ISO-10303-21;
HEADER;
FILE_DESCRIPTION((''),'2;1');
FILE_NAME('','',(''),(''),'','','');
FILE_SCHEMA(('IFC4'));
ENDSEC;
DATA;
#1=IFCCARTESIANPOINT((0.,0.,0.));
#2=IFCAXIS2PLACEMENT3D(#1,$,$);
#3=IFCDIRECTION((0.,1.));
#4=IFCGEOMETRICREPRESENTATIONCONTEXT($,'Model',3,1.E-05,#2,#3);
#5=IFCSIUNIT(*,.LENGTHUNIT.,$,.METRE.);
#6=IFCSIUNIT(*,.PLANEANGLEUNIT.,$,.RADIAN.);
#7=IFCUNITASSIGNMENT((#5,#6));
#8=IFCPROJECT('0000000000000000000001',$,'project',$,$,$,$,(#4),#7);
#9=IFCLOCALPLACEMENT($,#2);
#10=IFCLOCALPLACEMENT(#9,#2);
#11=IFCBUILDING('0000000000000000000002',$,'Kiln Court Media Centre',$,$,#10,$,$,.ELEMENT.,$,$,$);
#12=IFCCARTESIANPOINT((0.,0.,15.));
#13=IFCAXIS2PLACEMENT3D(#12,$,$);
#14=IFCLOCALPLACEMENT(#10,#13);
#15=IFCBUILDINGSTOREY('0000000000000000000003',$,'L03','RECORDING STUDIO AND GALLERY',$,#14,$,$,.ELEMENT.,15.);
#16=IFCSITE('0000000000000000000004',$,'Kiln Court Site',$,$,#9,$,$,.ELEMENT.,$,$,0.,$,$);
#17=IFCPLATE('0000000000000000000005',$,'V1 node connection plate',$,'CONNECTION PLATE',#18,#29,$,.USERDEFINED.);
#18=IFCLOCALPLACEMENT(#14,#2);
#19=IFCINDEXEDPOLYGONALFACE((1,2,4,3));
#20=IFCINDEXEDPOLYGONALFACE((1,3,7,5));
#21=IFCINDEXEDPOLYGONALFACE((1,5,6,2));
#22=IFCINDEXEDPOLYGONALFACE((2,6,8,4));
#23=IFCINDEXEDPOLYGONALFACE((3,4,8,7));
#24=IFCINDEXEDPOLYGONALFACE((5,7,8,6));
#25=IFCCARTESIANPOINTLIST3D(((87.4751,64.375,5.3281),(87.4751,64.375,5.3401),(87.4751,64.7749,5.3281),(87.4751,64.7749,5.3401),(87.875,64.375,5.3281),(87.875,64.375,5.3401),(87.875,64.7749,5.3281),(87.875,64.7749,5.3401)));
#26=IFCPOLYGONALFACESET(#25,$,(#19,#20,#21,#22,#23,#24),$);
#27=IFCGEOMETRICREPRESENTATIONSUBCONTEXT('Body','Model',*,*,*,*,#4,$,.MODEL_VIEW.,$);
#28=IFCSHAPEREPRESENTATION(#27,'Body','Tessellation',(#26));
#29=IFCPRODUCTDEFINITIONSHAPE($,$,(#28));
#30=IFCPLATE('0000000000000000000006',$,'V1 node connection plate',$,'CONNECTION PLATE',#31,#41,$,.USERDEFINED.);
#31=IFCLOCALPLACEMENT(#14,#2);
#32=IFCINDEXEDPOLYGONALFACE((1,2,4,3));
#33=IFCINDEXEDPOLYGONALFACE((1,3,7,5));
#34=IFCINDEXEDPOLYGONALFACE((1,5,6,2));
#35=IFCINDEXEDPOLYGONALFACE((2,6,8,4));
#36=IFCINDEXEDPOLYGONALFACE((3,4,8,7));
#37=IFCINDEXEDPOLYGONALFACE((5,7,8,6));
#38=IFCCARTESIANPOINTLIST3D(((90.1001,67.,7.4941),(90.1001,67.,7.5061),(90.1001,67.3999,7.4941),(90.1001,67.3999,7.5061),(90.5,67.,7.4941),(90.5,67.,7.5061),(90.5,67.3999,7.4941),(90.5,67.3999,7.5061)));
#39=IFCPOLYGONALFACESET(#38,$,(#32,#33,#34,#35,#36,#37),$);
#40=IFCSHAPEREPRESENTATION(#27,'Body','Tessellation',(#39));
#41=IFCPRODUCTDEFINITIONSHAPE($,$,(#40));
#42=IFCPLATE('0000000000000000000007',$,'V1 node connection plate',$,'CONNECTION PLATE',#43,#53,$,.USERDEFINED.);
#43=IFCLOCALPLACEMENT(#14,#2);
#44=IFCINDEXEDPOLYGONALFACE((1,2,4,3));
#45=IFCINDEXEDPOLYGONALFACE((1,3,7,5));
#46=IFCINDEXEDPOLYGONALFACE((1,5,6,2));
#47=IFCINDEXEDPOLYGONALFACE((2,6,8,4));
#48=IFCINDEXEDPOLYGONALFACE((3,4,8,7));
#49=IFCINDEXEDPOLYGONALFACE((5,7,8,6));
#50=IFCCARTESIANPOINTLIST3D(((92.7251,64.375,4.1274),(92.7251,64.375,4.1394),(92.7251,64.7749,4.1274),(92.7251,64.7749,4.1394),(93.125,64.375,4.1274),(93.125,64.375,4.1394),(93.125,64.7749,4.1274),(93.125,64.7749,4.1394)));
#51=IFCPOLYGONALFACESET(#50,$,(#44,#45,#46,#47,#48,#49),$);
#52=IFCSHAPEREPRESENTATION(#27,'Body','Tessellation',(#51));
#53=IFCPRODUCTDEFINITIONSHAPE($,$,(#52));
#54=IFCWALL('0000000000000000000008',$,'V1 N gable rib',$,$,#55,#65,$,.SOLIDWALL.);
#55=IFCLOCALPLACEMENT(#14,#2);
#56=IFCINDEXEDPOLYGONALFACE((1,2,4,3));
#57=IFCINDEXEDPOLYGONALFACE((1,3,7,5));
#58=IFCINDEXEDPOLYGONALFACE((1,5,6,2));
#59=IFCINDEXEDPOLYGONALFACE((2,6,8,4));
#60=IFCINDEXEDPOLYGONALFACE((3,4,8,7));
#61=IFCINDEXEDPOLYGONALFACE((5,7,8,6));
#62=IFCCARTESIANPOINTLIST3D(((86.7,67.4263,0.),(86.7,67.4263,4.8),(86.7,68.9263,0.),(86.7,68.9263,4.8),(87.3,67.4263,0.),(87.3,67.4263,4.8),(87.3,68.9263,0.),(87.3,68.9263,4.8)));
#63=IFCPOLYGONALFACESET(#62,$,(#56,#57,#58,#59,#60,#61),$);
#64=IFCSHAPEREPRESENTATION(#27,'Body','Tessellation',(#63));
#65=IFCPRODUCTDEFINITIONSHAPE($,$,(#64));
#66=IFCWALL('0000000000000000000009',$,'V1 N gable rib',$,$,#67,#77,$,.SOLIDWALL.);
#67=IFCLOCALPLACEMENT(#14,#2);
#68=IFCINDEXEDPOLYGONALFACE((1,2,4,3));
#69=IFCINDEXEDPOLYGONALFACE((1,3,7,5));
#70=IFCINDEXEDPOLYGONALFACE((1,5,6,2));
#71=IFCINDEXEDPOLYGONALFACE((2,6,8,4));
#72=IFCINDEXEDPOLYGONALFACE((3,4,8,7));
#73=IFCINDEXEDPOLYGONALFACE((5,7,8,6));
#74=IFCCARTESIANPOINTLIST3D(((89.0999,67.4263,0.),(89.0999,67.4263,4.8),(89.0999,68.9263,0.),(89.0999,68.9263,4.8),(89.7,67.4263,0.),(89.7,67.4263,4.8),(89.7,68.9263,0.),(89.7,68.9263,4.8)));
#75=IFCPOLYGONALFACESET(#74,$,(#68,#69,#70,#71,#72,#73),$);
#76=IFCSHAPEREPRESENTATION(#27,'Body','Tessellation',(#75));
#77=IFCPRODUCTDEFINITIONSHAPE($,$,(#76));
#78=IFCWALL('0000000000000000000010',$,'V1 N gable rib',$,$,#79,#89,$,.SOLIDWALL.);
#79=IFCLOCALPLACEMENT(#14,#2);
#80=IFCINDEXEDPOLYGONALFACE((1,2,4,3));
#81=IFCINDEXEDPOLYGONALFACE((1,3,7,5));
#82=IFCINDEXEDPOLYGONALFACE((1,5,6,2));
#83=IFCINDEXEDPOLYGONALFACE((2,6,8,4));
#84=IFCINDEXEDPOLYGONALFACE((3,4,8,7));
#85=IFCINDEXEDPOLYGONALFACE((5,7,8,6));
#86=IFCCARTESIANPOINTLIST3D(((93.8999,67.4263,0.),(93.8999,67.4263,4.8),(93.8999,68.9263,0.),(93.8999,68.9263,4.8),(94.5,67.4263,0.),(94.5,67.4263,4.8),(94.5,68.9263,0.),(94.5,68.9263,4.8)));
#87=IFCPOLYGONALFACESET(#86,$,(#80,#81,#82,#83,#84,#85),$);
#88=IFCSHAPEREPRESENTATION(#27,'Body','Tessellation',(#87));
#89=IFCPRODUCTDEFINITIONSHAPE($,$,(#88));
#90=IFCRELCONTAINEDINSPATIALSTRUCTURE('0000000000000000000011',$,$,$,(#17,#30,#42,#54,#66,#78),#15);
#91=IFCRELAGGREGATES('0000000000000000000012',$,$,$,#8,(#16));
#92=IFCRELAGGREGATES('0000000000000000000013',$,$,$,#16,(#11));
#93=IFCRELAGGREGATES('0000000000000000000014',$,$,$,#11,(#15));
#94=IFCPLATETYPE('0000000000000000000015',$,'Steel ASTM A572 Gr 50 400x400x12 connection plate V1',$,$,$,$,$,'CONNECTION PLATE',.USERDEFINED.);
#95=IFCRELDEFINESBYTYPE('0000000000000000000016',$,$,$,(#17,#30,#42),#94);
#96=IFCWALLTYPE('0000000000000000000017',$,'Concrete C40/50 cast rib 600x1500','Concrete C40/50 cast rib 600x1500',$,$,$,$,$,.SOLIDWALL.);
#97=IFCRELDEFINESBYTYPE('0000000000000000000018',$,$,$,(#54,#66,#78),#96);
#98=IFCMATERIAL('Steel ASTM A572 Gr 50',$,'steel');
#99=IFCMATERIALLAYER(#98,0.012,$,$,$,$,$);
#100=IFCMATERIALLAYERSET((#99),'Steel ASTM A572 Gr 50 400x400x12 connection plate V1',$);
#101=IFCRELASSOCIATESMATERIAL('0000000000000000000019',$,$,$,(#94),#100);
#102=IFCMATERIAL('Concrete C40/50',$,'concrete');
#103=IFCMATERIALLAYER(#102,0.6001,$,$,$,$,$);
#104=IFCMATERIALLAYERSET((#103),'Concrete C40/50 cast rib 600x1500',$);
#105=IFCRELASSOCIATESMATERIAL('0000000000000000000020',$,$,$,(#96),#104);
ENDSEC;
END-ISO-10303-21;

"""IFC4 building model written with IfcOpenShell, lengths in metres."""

from ifc_helpers import new_model, si_unit, direction, frame, frame_2d, origin, origin_2d, place, context, subcontext, project, spatial, rectangle, extrude, material, layer, layer_set, type_object, element, save


model = new_model("IFC4")

# Units and contexts
model_context = context("Model", 3, precision=1e-05, world=origin(), true_north=direction((0.0, 1.0)))
body_context = subcontext(model_context, "Body", "Model", "MODEL_VIEW")
ifc_project = project(units=[si_unit("LENGTHUNIT", "METRE"), si_unit("PLANEANGLEUNIT", "RADIAN")], contexts=[model_context])

# Site, building, storey
site_placement = place(None, origin())
site = spatial("IfcSite", under=ifc_project, at=site_placement, Name="Kiln Court Site", CompositionType="ELEMENT", RefElevation=0.0)
building_placement = place(site_placement, origin())
building = spatial("IfcBuilding", under=site, at=building_placement, Name="Kiln Court Media Centre", CompositionType="ELEMENT")
storey_placement = place(building_placement, frame((0.0, 0.0, 15.0)))
storey = spatial("IfcBuildingStorey", under=building, at=storey_placement, Name="L03", Description="RECORDING STUDIO AND GALLERY", CompositionType="ELEMENT", Elevation=15.0)

# Plates
ifc_material_1 = material(Name="Steel ASTM A572 Gr 50", Category="steel")
ifc_layer_1 = layer(ifc_material_1, 0.012)
ifc_layer_set_1 = layer_set([ifc_layer_1], Name="Steel ASTM A572 Gr 50 400x400x12 connection plate V1")
plate_type_1 = type_object("IfcPlateType", Name="Steel ASTM A572 Gr 50 400x400x12 connection plate V1", ElementType="CONNECTION PLATE", PredefinedType="USERDEFINED", material=ifc_layer_set_1)
for number, where, z_axis, x_axis, name in (
    (1, (87.675, 64.575, 5.3281), (0.0, 0.0, 1.0), (1.0, 0.0, 0.0), "V1 node connection plate"),
    (2, (90.3, 67.2, 7.4941), (0.0, 0.0, 1.0), (1.0, 0.0, 0.0), "V1 node connection plate"),
    (3, (92.925, 64.575, 4.1274), (0.0, 0.0, 1.0), (1.0, 0.0, 0.0), "V1 node connection plate"),
):
    element("IfcPlate", number, at=place(storey_placement, frame(where, z_axis=z_axis, x_axis=x_axis)), inside=storey, type_object=plate_type_1, Name=name, ObjectType="CONNECTION PLATE", PredefinedType="USERDEFINED", context=body_context, shape_type="SweptSolid", body=[
        extrude(rectangle(XDim=0.3999, YDim=0.3999, at=origin_2d()), origin(), (0.0, 0.0, 1.0), 0.012),
    ])

# Walls
ifc_material_2 = material(Name="Concrete C40/50", Category="concrete")
ifc_layer_2 = layer(ifc_material_2, 0.6001)
ifc_layer_set_2 = layer_set([ifc_layer_2], Name="Concrete C40/50 cast rib 600x1500")
wall_type = type_object("IfcWallType", Name="Concrete C40/50 cast rib 600x1500", Description="Concrete C40/50 cast rib 600x1500", PredefinedType="SOLIDWALL", material=ifc_layer_set_2)
for number, where, z_axis, x_axis, name in (
    (4, (87.0, 67.4263, 0.0), (0.0, 0.0, 1.0), (0.0, 1.0, 0.0), "V1 N gable rib"),
    (5, (89.3999, 67.4263, 0.0), (0.0, 0.0, 1.0), (0.0, 1.0, 0.0), "V1 N gable rib"),
    (6, (94.2, 67.4263, 0.0), (0.0, 0.0, 1.0), (0.0, 1.0, 0.0), "V1 N gable rib"),
):
    element("IfcWall", number, at=place(storey_placement, frame(where, z_axis=z_axis, x_axis=x_axis)), inside=storey, type_object=wall_type, Name=name, PredefinedType="SOLIDWALL", context=body_context, shape_type="SweptSolid", body=[
        extrude(rectangle(XDim=1.5, YDim=0.6001, at=frame_2d((0.75, 0.0))), origin(), (0.0, 0.0, 1.0), 4.8),
    ])

save(model, "model.ifc")
